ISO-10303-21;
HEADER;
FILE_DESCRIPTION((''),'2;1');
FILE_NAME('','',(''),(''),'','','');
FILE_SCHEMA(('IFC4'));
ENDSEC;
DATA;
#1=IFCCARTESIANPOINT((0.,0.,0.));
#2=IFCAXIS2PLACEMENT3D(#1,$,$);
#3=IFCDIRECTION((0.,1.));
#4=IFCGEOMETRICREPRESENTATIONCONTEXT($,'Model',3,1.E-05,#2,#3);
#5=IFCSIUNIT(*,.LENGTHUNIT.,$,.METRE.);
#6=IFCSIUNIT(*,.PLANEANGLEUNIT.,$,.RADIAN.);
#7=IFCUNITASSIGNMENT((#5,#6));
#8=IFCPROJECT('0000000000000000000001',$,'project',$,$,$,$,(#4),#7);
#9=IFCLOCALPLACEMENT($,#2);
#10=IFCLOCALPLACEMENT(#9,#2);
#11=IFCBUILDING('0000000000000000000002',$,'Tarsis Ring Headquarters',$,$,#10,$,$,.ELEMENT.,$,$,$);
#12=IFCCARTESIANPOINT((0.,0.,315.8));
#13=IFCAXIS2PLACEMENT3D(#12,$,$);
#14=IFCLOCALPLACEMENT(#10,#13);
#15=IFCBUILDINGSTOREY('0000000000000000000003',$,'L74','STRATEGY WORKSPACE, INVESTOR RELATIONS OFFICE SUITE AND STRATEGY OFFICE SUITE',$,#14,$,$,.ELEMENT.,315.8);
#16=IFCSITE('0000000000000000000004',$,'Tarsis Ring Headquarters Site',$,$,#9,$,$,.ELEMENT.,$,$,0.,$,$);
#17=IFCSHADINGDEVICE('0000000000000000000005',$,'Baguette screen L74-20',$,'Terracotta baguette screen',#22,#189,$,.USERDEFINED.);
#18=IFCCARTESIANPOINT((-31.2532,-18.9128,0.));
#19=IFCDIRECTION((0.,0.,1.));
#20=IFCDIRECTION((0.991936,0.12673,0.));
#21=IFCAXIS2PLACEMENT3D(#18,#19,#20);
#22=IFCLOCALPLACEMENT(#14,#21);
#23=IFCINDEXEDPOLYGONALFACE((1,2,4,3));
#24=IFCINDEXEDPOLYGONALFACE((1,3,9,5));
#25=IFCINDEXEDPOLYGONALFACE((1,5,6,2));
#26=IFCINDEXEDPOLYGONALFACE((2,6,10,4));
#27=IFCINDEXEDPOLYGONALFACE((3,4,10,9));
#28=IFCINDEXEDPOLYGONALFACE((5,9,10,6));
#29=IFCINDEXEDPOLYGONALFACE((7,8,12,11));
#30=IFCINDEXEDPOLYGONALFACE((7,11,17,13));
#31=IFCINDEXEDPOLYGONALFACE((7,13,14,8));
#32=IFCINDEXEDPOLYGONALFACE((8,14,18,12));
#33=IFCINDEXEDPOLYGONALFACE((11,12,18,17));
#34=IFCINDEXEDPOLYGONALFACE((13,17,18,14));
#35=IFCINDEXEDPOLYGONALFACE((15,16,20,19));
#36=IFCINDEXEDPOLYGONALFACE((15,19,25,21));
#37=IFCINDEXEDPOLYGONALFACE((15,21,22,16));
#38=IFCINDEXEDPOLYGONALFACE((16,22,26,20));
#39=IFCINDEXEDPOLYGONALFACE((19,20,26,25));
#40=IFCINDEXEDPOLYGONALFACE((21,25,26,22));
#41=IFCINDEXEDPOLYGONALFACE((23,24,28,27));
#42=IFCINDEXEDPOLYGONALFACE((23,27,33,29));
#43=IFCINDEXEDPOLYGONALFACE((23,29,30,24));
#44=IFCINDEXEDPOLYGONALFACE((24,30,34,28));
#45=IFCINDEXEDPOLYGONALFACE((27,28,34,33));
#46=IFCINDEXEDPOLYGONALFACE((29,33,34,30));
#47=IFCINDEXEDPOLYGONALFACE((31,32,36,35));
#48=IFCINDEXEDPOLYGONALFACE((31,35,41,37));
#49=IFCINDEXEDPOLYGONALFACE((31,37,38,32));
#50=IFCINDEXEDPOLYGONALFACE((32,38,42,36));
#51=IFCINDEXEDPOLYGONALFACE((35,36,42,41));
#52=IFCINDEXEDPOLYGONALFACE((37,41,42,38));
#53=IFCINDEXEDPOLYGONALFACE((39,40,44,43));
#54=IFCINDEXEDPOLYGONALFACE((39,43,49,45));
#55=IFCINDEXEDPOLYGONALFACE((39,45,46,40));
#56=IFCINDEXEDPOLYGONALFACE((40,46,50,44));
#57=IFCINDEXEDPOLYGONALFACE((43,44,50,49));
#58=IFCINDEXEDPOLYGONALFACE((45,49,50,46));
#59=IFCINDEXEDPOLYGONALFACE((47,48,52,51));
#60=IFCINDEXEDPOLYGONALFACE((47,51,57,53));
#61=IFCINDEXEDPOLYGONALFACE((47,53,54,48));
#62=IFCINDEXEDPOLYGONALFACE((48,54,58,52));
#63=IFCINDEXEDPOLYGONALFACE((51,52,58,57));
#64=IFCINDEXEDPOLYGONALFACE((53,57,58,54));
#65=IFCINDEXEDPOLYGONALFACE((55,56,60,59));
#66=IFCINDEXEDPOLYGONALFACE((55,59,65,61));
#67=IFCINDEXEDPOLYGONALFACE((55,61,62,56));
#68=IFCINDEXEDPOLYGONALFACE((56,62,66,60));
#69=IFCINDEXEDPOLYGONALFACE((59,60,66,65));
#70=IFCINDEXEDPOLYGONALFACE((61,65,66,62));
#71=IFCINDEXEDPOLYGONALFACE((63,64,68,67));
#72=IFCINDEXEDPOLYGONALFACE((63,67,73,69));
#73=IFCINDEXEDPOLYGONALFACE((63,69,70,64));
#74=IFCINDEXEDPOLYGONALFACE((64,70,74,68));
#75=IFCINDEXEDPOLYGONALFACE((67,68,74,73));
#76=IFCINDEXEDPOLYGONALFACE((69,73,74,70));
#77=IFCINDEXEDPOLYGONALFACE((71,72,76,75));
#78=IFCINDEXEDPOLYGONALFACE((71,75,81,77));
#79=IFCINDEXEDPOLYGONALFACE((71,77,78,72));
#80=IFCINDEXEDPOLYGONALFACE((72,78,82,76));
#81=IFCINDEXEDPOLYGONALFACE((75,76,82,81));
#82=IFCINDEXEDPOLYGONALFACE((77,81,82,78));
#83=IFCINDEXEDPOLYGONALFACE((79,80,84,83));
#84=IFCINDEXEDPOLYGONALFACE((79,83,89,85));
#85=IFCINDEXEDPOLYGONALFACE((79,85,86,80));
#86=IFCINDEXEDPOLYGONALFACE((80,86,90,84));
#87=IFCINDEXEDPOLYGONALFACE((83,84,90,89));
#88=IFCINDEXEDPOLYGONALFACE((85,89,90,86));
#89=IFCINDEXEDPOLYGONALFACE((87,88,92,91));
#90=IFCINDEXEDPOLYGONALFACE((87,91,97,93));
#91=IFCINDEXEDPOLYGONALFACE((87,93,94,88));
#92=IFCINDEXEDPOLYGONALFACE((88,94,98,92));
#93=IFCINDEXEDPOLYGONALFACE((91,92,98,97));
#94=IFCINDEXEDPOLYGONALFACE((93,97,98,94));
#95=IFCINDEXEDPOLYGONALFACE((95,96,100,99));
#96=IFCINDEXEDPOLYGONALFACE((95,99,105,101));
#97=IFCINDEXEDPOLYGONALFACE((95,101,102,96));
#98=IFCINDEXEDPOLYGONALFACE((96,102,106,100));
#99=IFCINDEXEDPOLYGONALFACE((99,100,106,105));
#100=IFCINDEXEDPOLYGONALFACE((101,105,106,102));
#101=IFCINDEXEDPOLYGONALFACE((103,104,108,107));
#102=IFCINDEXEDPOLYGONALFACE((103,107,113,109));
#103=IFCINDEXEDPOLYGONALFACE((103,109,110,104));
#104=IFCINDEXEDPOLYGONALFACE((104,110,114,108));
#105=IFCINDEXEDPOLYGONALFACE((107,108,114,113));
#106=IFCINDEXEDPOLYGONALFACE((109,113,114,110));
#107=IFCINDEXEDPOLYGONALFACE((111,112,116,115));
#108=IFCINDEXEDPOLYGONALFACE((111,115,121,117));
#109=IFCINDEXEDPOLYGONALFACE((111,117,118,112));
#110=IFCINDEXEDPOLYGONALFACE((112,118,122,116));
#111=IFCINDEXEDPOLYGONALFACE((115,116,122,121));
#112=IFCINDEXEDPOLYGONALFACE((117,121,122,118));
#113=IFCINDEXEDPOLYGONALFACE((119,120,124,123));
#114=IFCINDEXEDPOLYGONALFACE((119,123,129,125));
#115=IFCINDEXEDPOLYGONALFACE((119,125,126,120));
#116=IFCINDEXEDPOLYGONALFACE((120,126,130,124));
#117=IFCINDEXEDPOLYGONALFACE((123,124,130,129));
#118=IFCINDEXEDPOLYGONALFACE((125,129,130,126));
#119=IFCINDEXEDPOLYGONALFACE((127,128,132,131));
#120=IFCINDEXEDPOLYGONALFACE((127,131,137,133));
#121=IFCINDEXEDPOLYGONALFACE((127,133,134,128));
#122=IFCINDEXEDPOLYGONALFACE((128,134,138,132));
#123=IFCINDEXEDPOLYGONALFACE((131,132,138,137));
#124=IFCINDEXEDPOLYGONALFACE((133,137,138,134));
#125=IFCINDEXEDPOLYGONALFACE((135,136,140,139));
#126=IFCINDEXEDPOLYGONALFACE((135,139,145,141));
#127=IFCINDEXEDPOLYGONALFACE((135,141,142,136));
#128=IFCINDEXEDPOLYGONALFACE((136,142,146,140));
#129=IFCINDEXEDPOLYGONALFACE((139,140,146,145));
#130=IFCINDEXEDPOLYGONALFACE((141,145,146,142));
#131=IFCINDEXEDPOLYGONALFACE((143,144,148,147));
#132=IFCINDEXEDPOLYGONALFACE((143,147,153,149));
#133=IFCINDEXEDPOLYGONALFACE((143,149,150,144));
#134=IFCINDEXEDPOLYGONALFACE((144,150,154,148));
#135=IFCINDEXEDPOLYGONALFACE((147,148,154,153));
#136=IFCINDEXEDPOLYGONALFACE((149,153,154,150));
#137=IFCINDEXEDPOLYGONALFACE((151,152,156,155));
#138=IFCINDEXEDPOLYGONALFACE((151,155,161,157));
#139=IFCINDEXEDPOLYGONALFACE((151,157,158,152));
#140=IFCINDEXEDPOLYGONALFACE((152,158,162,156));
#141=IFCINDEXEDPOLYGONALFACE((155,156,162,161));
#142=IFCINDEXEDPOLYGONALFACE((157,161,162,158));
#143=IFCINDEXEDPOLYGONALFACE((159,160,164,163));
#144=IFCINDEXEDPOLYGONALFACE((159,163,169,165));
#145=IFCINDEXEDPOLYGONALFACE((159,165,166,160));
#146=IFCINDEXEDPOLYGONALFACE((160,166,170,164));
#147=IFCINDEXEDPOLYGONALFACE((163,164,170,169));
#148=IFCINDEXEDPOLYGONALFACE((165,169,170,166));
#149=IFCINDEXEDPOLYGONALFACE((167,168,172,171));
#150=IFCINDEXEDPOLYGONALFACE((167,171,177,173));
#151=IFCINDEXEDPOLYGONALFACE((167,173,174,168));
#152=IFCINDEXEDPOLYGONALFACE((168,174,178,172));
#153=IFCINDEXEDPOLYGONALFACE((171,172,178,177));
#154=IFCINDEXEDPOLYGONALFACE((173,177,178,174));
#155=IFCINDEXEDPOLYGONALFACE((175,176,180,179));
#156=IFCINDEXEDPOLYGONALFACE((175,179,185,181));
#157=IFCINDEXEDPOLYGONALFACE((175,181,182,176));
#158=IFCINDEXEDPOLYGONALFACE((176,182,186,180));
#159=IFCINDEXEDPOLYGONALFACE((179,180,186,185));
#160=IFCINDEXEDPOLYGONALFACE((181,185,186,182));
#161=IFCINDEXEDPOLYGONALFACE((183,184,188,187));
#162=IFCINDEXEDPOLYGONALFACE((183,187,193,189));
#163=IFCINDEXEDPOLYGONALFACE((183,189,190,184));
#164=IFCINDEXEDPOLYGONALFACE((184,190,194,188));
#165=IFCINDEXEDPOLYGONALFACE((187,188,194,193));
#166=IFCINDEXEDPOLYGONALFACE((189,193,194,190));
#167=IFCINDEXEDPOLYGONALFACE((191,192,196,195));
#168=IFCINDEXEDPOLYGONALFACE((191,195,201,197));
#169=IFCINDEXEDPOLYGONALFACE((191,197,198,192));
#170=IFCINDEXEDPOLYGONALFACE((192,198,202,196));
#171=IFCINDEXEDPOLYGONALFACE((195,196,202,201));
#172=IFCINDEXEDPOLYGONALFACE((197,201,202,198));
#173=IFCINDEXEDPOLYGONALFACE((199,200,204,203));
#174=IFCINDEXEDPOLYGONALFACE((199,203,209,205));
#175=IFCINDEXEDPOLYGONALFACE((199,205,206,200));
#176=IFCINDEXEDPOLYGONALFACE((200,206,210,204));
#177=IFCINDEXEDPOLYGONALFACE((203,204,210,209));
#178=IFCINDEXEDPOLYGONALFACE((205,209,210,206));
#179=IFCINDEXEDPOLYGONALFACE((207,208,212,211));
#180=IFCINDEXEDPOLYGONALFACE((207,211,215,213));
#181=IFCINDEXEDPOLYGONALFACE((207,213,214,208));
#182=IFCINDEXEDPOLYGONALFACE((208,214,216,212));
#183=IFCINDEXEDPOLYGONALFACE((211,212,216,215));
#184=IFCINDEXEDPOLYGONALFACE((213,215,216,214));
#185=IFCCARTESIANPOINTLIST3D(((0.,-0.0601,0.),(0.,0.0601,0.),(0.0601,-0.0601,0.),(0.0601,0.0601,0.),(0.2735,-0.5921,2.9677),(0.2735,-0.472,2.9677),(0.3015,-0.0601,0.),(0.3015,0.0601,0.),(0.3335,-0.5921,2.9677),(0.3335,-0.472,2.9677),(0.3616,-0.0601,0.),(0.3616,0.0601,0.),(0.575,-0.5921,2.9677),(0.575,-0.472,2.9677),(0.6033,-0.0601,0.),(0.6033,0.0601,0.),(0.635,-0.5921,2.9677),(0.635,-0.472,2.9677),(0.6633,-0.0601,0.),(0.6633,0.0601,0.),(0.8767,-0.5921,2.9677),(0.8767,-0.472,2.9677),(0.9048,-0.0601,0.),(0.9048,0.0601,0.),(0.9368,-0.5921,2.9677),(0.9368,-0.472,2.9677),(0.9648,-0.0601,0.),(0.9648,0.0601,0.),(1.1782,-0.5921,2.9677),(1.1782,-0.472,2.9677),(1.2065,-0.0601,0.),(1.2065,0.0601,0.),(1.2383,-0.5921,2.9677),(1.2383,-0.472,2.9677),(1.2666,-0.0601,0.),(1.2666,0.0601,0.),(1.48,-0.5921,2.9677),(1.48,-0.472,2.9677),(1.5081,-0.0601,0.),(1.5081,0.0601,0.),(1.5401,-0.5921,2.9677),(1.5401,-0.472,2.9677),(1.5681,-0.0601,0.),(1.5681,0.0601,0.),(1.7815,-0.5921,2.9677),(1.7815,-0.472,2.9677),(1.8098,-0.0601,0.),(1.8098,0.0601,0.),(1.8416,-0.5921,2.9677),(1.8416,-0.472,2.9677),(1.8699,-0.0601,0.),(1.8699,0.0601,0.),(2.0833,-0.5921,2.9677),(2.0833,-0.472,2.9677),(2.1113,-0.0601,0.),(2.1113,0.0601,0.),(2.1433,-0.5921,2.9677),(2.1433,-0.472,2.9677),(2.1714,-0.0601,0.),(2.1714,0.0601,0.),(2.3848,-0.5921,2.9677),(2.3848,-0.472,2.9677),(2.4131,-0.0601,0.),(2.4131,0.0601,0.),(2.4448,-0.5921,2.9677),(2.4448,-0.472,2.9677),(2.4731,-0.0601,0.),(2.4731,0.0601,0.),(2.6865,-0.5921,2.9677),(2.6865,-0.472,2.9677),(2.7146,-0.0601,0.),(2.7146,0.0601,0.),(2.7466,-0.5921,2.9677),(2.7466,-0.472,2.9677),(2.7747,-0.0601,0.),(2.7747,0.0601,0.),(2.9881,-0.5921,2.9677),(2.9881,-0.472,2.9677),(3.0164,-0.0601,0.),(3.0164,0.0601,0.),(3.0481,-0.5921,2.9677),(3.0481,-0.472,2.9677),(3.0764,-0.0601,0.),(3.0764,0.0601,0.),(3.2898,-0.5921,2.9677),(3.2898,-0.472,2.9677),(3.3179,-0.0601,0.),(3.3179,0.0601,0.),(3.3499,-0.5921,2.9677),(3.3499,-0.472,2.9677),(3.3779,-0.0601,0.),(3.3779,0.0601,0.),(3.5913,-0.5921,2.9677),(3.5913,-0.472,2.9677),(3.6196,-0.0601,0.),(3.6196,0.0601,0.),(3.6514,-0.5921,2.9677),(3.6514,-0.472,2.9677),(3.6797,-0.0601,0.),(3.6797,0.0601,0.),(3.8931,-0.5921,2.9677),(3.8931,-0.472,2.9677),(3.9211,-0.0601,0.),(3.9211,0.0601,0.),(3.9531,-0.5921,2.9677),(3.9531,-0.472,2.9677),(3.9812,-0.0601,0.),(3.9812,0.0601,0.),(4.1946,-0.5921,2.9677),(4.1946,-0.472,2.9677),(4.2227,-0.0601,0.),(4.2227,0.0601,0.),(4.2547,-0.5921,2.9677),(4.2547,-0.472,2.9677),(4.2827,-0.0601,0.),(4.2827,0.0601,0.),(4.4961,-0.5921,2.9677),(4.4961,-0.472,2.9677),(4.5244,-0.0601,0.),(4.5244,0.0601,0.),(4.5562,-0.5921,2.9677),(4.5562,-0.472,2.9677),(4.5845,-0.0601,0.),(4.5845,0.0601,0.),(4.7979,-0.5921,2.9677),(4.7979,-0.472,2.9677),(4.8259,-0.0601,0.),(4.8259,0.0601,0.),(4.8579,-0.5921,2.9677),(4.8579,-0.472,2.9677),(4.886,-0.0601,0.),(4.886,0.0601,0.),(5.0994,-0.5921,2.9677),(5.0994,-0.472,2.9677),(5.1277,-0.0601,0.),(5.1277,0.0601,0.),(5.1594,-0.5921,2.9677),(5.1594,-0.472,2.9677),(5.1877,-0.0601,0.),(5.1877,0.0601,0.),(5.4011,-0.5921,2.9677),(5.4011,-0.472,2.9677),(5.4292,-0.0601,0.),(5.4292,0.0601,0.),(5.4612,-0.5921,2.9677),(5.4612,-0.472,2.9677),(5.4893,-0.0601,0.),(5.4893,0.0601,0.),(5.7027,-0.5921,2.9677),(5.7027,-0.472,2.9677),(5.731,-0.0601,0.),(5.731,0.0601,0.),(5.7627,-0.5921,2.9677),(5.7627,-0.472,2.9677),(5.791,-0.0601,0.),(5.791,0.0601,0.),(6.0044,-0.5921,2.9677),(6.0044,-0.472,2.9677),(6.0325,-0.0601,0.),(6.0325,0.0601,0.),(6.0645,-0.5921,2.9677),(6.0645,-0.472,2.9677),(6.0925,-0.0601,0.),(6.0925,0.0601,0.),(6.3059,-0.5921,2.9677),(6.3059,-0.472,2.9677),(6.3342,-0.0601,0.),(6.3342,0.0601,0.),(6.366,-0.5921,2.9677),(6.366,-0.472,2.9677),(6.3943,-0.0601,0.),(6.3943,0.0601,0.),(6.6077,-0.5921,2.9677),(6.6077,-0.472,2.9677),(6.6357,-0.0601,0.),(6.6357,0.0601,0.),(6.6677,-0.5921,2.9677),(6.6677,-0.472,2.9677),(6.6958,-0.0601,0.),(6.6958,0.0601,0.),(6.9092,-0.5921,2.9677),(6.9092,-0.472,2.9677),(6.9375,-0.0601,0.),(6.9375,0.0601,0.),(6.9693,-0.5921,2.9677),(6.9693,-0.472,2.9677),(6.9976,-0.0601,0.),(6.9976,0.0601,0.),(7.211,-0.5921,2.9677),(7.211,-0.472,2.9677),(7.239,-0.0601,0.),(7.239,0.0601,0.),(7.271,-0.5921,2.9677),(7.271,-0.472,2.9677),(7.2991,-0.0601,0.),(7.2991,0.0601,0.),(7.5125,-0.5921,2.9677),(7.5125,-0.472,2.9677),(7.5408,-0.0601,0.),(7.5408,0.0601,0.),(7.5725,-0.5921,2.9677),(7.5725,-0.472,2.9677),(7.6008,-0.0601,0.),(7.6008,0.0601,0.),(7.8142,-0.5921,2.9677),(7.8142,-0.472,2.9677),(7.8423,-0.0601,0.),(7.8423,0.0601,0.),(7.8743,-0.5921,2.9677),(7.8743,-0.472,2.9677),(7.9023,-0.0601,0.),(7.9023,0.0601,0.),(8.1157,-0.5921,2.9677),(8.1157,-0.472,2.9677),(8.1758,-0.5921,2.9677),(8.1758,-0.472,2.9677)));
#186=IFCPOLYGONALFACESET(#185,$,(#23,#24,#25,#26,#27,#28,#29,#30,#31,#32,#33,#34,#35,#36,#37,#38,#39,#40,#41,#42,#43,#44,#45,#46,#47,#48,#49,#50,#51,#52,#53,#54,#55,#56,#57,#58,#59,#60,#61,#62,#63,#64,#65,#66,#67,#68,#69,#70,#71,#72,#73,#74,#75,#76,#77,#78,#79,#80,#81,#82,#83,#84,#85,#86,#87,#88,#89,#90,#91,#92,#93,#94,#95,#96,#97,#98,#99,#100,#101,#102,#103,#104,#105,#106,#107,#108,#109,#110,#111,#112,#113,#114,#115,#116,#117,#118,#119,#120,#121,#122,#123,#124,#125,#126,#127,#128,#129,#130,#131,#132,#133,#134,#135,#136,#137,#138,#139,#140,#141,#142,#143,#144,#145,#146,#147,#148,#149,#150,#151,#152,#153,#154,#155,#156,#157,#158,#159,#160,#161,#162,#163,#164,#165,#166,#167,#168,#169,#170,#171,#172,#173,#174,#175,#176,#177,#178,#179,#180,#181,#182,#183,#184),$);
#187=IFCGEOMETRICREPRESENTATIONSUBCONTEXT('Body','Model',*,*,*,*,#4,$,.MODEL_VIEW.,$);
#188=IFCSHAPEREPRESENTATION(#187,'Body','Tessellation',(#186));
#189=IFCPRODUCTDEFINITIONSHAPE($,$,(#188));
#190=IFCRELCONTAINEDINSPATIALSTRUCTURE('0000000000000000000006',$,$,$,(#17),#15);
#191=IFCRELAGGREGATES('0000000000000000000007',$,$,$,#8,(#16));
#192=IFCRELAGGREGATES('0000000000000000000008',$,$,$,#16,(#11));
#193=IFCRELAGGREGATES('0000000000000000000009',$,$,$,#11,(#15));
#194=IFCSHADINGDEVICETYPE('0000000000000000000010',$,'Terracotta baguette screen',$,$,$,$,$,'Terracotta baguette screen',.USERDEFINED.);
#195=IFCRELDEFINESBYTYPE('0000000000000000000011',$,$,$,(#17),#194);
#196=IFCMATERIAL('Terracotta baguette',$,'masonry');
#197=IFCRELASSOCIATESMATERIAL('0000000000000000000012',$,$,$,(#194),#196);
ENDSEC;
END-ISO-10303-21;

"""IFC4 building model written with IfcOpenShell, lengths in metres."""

from ifc_helpers import new_model, si_unit, direction, frame, frame_2d, origin, place, context, subcontext, project, spatial, rectangle, composite_profile, extrude, material, type_object, element, save


model = new_model("IFC4")

# Units and contexts
model_context = context("Model", 3, precision=1e-05, world=origin(), true_north=direction((0.0, 1.0)))
body_context = subcontext(model_context, "Body", "Model", "MODEL_VIEW")
ifc_project = project(units=[si_unit("LENGTHUNIT", "METRE"), si_unit("PLANEANGLEUNIT", "RADIAN")], contexts=[model_context])

# Site, building, storey
site_placement = place(None, origin())
site = spatial("IfcSite", under=ifc_project, at=site_placement, Name="Tarsis Ring Headquarters Site", CompositionType="ELEMENT", RefElevation=0.0)
building_placement = place(site_placement, origin())
building = spatial("IfcBuilding", under=site, at=building_placement, Name="Tarsis Ring Headquarters", CompositionType="ELEMENT")
storey_placement = place(building_placement, frame((0.0, 0.0, 315.8)))
storey = spatial("IfcBuildingStorey", under=building, at=storey_placement, Name="L74", Description="STRATEGY WORKSPACE, INVESTOR RELATIONS OFFICE SUITE AND STRATEGY OFFICE SUITE", CompositionType="ELEMENT", Elevation=315.8)

# Shading device
ifc_material_1 = material(Name="Terracotta baguette", Category="masonry")
shading_device_type_1 = type_object("IfcShadingDeviceType", Name="Terracotta baguette screen", ElementType="Terracotta baguette screen", PredefinedType="USERDEFINED", material=ifc_material_1)
shading_device_1_placement = place(storey_placement, frame((-31.2532, -18.9128, 0.0), z_axis=(0.0, 0.0, 1.0), x_axis=(0.991936, 0.12673, 0.0)))
element("IfcShadingDevice", 1, at=shading_device_1_placement, inside=storey, type_object=shading_device_type_1, Name="Baguette screen L74-20", ObjectType="Terracotta baguette screen", PredefinedType="USERDEFINED", context=body_context, shape_type="SweptSolid", body=[
    extrude(composite_profile([rectangle(XDim=0.0601, YDim=0.1201, at=frame_2d((0.03, 0.0))), rectangle(XDim=0.0601, YDim=0.1201, at=frame_2d((0.3315, 0.0))), rectangle(XDim=0.0601, YDim=0.1201, at=frame_2d((0.6333, 0.0))), rectangle(XDim=0.0601, YDim=0.1201, at=frame_2d((0.9348, 0.0))), rectangle(XDim=0.0601, YDim=0.1201, at=frame_2d((1.2366, 0.0))), rectangle(XDim=0.0601, YDim=0.1201, at=frame_2d((1.5381, 0.0))), rectangle(XDim=0.0601, YDim=0.1201, at=frame_2d((1.8398, 0.0))), rectangle(XDim=0.0601, YDim=0.1201, at=frame_2d((2.1414, 0.0))), rectangle(XDim=0.0601, YDim=0.1201, at=frame_2d((2.4431, 0.0))), rectangle(XDim=0.0601, YDim=0.1201, at=frame_2d((2.7446, 0.0))), rectangle(XDim=0.0601, YDim=0.1201, at=frame_2d((3.0464, 0.0))), rectangle(XDim=0.0601, YDim=0.1201, at=frame_2d((3.3479, 0.0))), rectangle(XDim=0.0601, YDim=0.1201, at=frame_2d((3.6497, 0.0))), rectangle(XDim=0.0601, YDim=0.1201, at=frame_2d((3.9512, 0.0))), rectangle(XDim=0.0601, YDim=0.1201, at=frame_2d((4.2527, 0.0))), rectangle(XDim=0.0601, YDim=0.1201, at=frame_2d((4.5544, 0.0))), rectangle(XDim=0.0601, YDim=0.1201, at=frame_2d((4.856, 0.0))), rectangle(XDim=0.0601, YDim=0.1201, at=frame_2d((5.1577, 0.0))), rectangle(XDim=0.0601, YDim=0.1201, at=frame_2d((5.4592, 0.0))), rectangle(XDim=0.0601, YDim=0.1201, at=frame_2d((5.761, 0.0))), rectangle(XDim=0.0601, YDim=0.1201, at=frame_2d((6.0625, 0.0))), rectangle(XDim=0.0601, YDim=0.1201, at=frame_2d((6.3643, 0.0))), rectangle(XDim=0.0601, YDim=0.1201, at=frame_2d((6.6658, 0.0))), rectangle(XDim=0.0601, YDim=0.1201, at=frame_2d((6.9675, 0.0))), rectangle(XDim=0.0601, YDim=0.1201, at=frame_2d((7.269, 0.0))), rectangle(XDim=0.0601, YDim=0.1201, at=frame_2d((7.5708, 0.0))), rectangle(XDim=0.0601, YDim=0.1201, at=frame_2d((7.8723, 0.0)))]), origin(), (0.09033, -0.175736, 0.980284), 3.0273),
])

save(model, "model.ifc")
